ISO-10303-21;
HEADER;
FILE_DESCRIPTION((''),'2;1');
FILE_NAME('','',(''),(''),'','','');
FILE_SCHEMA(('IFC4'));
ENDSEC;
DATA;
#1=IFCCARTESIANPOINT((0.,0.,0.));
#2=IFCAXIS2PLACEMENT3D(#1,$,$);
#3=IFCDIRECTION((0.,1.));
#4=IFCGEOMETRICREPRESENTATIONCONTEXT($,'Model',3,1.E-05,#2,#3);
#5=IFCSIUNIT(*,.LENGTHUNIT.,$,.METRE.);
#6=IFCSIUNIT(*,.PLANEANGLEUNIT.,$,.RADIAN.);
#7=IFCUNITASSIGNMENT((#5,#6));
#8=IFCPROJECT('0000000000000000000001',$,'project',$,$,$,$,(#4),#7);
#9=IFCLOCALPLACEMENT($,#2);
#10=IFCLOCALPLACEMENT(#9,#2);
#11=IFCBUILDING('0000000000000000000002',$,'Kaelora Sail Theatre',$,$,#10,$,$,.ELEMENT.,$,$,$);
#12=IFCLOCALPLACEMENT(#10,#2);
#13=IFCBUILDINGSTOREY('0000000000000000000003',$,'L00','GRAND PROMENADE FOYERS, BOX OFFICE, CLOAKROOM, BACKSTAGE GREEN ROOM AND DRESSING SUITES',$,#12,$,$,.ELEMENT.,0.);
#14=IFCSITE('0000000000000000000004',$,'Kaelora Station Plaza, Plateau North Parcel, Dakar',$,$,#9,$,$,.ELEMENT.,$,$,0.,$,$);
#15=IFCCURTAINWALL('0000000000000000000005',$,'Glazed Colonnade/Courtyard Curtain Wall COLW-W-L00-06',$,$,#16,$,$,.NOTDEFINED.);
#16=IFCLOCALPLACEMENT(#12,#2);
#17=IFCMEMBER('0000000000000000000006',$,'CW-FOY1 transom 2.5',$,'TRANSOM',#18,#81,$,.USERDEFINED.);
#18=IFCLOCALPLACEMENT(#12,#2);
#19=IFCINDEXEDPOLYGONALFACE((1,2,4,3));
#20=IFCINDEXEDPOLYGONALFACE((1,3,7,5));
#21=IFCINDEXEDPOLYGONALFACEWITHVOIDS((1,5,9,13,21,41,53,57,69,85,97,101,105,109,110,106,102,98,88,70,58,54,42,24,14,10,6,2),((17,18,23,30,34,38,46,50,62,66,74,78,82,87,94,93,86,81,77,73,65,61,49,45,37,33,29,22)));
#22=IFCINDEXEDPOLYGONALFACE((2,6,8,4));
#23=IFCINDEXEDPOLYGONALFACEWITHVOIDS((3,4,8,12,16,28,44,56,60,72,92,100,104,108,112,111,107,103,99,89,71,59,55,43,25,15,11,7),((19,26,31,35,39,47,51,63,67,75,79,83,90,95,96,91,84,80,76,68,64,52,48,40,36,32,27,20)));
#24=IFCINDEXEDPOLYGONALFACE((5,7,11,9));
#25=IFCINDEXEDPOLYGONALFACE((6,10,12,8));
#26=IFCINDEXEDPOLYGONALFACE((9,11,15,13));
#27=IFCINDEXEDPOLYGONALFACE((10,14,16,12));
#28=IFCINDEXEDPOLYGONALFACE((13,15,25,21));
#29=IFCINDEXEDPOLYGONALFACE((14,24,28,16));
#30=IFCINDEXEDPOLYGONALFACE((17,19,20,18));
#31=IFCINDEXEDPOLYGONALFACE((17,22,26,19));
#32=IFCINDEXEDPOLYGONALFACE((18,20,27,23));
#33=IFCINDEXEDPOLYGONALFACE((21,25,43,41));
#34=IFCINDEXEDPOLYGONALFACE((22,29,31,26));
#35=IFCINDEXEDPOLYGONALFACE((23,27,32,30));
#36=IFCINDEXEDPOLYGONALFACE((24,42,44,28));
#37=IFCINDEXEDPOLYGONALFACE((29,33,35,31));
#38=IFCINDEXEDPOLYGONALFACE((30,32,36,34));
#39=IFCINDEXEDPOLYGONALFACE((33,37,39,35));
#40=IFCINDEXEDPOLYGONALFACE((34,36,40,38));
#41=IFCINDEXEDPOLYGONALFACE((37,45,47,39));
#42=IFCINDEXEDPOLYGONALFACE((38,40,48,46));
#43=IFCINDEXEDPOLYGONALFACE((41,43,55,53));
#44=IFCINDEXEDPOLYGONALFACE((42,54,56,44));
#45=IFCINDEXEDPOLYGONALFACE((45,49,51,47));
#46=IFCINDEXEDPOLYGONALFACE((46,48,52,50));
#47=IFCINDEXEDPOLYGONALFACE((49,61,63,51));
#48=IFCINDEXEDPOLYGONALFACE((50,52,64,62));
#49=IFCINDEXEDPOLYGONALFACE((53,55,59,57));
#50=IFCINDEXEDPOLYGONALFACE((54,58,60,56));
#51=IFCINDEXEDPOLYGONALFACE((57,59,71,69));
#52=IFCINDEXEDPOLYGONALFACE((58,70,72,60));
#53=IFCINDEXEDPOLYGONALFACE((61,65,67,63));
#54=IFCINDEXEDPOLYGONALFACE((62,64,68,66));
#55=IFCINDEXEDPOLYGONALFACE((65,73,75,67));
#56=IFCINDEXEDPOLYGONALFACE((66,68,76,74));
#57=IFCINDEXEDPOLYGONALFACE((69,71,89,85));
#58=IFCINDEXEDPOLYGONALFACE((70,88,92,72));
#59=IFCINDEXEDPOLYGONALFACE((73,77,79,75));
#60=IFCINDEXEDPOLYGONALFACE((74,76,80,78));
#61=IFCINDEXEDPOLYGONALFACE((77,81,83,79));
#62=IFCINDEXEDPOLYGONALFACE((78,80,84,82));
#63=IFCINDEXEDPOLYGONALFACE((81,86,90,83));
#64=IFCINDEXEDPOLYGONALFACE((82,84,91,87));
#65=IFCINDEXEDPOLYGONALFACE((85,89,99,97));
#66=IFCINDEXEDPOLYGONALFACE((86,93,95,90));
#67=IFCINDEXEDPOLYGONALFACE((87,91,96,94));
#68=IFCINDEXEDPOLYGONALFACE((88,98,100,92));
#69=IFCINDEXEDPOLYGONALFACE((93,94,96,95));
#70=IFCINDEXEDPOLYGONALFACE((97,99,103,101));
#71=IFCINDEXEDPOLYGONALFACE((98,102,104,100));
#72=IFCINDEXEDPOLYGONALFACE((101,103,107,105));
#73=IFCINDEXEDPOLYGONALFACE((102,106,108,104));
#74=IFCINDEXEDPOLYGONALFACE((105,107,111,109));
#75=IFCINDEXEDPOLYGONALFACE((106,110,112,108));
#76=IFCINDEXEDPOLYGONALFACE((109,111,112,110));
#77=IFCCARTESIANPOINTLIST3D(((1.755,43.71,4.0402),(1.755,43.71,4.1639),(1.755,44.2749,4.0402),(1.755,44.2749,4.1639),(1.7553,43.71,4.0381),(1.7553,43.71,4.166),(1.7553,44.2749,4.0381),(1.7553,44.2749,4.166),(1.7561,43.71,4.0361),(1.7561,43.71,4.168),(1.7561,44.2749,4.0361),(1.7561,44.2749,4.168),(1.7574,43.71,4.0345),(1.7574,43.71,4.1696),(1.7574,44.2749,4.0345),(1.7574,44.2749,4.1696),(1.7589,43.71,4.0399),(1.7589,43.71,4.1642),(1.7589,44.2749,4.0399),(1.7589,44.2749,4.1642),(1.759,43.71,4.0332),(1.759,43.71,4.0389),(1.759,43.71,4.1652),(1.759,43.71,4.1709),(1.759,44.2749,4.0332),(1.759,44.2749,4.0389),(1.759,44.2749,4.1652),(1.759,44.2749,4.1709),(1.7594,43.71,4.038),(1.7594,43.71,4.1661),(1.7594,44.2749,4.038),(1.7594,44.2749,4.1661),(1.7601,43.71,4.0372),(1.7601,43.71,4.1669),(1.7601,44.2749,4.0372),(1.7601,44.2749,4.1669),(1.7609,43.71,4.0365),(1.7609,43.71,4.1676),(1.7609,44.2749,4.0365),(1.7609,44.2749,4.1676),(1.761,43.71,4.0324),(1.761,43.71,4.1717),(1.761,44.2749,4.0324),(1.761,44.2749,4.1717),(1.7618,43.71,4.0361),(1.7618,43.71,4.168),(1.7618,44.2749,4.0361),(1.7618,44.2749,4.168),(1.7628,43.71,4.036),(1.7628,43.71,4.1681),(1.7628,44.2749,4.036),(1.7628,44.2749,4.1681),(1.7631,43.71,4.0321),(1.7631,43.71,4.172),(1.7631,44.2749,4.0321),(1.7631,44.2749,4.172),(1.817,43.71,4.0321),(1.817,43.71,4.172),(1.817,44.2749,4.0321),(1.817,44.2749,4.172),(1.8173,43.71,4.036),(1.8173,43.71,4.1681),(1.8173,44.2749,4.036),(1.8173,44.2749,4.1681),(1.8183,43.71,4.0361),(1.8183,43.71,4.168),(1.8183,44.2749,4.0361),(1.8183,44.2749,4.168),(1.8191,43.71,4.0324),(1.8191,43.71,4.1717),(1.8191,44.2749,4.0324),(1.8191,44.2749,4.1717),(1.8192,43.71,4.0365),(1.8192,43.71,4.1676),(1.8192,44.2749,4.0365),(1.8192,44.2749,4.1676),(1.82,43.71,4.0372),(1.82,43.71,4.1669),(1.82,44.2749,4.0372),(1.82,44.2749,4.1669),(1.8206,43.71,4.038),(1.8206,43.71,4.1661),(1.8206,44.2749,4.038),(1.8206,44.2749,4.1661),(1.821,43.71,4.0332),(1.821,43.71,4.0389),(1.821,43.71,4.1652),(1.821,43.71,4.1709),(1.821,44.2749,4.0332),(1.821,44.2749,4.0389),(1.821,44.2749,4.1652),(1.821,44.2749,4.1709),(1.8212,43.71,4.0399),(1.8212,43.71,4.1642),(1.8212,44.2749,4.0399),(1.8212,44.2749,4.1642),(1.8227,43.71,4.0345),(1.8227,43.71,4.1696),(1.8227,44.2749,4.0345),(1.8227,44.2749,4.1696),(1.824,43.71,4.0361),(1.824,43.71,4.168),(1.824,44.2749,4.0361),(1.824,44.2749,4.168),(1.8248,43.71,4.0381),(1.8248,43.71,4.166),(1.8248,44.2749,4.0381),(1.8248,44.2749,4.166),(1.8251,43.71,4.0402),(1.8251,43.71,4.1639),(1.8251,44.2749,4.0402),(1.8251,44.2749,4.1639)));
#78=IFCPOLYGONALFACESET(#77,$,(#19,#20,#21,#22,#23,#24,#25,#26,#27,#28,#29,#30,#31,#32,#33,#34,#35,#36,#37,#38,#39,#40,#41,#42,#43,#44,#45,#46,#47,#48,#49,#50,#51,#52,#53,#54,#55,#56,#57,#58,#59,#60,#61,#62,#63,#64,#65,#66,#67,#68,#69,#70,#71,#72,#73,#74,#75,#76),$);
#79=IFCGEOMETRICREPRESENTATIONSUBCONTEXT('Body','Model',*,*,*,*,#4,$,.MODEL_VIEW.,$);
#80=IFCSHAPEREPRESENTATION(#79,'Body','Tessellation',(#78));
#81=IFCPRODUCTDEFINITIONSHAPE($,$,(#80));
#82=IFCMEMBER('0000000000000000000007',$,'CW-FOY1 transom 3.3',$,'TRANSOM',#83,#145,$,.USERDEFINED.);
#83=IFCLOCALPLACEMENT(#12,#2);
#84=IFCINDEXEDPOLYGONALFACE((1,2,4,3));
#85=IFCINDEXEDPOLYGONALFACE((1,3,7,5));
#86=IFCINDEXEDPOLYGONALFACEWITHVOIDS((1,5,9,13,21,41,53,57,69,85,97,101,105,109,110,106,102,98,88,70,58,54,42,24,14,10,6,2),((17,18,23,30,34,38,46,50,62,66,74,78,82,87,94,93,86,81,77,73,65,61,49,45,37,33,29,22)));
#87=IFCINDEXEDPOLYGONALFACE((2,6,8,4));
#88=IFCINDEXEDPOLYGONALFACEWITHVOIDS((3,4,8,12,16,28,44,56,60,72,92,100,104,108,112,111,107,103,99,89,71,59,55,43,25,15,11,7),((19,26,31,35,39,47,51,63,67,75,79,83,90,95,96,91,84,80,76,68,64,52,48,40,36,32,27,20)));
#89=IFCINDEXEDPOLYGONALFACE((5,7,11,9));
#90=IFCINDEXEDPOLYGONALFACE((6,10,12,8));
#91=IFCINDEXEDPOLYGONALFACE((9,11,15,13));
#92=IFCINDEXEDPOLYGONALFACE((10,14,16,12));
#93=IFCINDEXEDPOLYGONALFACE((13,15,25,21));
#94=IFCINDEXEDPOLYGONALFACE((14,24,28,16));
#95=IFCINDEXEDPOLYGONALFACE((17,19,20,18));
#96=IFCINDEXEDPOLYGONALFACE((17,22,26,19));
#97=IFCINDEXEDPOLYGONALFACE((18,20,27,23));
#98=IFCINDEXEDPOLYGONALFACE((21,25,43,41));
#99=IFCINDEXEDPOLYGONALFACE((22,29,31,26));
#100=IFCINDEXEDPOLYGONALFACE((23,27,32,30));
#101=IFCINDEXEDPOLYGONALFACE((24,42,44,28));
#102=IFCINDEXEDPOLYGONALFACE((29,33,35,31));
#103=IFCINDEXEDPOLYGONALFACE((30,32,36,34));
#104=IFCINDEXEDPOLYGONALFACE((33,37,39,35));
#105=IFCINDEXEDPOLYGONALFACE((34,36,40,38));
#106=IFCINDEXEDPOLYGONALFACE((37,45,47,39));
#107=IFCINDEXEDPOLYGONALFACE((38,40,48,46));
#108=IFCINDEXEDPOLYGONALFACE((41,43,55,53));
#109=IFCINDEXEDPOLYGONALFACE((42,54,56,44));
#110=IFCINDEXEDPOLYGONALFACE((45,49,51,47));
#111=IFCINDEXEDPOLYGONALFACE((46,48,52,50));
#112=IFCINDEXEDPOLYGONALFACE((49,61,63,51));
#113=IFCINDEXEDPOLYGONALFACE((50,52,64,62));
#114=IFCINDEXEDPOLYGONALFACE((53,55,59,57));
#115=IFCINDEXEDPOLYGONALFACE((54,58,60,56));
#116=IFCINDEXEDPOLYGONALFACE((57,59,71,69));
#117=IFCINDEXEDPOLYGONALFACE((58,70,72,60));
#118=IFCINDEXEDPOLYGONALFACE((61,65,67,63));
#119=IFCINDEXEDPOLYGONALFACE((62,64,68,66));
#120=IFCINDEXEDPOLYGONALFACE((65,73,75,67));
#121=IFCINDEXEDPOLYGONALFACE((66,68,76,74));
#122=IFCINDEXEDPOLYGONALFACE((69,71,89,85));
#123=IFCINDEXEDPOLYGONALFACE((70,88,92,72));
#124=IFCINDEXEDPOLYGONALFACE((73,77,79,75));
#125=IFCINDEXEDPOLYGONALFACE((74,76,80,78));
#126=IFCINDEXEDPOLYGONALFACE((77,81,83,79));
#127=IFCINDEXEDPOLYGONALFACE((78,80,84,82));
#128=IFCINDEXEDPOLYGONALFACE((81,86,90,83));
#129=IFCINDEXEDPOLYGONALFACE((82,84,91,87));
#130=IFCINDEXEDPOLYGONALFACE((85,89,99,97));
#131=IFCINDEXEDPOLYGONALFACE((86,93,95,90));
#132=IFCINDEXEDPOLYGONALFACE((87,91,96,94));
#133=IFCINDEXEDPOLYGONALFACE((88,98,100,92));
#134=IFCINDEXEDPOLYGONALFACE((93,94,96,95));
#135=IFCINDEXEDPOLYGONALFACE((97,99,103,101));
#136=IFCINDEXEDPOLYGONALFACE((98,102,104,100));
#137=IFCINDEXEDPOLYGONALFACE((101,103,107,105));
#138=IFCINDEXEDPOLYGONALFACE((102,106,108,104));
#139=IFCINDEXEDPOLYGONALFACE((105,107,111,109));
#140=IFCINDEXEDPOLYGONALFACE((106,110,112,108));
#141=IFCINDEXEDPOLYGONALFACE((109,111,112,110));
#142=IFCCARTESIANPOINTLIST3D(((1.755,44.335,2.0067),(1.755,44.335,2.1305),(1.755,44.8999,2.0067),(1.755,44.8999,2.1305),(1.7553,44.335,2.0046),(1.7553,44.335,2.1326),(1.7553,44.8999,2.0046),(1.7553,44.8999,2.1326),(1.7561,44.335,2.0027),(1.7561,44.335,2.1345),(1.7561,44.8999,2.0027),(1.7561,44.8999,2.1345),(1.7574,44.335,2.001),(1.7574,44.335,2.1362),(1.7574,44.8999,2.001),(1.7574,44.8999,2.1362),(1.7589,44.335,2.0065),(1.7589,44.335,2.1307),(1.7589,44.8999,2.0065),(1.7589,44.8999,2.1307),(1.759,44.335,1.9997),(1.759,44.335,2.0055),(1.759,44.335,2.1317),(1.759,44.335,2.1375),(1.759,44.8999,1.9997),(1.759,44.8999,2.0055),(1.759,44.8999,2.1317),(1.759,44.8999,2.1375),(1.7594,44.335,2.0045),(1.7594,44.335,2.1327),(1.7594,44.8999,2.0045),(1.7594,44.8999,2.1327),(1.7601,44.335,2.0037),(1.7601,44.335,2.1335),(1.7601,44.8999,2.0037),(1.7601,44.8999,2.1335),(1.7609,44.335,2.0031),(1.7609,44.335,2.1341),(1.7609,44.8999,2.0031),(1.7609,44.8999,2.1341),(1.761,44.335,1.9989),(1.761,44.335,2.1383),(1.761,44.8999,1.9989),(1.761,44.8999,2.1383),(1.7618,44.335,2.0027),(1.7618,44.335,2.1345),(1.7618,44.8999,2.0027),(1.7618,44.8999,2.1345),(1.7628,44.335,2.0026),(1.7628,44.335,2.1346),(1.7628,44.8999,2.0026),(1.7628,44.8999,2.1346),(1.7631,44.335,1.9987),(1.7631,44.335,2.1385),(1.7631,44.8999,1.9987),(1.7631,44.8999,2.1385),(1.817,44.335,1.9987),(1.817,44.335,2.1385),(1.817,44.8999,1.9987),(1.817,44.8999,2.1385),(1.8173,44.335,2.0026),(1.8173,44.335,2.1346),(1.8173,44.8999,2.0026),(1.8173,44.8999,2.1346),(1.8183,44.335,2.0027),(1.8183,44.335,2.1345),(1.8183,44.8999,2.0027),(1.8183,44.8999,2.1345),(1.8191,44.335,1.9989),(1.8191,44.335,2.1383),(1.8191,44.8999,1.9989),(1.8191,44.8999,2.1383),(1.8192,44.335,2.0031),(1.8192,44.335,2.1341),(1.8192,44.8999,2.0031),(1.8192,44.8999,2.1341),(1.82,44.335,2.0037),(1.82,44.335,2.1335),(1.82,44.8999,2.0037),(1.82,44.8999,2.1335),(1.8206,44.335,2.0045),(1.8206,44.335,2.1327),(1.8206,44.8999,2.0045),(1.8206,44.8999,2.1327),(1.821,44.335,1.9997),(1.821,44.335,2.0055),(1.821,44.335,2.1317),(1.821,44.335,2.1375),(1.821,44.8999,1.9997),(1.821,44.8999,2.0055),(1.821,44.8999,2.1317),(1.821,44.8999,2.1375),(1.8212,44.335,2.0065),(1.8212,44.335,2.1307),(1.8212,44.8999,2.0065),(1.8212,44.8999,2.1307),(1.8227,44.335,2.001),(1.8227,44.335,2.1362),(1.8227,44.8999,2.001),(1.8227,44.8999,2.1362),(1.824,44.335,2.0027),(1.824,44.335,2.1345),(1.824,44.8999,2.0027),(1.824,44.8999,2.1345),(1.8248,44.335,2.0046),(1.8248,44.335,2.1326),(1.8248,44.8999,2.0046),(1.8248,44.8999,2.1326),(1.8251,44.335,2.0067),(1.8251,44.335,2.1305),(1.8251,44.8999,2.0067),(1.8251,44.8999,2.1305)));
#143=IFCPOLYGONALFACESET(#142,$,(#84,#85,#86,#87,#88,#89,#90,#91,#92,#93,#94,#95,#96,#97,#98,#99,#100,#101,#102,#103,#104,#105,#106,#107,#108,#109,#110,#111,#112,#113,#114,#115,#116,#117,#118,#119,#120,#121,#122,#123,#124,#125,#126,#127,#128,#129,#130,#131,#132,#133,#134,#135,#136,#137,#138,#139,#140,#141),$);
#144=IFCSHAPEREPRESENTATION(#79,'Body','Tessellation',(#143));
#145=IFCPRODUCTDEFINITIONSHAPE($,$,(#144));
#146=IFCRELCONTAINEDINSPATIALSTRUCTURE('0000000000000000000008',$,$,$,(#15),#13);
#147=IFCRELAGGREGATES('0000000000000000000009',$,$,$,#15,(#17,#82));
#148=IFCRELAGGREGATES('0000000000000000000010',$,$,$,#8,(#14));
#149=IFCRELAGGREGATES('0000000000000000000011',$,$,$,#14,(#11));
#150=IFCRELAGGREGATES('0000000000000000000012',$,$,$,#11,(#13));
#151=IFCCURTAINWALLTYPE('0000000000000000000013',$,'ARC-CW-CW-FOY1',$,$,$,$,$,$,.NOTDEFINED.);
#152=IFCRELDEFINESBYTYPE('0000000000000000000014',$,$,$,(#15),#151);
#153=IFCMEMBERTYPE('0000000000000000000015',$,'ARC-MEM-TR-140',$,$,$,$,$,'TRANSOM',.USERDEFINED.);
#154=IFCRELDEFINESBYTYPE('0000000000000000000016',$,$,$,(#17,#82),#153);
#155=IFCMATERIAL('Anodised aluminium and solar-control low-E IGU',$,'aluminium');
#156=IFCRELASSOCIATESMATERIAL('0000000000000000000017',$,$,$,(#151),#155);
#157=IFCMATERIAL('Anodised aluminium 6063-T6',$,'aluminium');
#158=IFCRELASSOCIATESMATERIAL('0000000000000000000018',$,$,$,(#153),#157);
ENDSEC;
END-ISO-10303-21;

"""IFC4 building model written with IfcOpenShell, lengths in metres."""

from ifc_helpers import new_model, si_unit, direction, frame, origin, origin_2d, place, context, subcontext, project, spatial, hollow_rectangle, extrude, material, material_profile, profile_set, type_object, element, aggregate, save


model = new_model("IFC4")

# Units and contexts
model_context = context("Model", 3, precision=1e-05, world=origin(), true_north=direction((0.0, 1.0)))
body_context = subcontext(model_context, "Body", "Model", "MODEL_VIEW")
ifc_project = project(units=[si_unit("LENGTHUNIT", "METRE"), si_unit("PLANEANGLEUNIT", "RADIAN")], contexts=[model_context])

# Site, building, storey
site_placement = place(None, origin())
site = spatial("IfcSite", under=ifc_project, at=site_placement, Name="Kaelora Station Plaza, Plateau North Parcel, Dakar", CompositionType="ELEMENT", RefElevation=0.0)
building_placement = place(site_placement, origin())
building = spatial("IfcBuilding", under=site, at=building_placement, Name="Kaelora Sail Theatre", CompositionType="ELEMENT")
storey_placement = place(building_placement, origin())
storey = spatial("IfcBuildingStorey", under=building, at=storey_placement, Name="L00", Description="GRAND PROMENADE FOYERS, BOX OFFICE, CLOAKROOM, BACKSTAGE GREEN ROOM AND DRESSING SUITES", CompositionType="ELEMENT", Elevation=0.0)

# Curtain wall, members
ifc_material_1 = material(Name="Anodised aluminium and solar-control low-E IGU", Category="aluminium")
curtain_wall_type = type_object("IfcCurtainWallType", Name="ARC-CW-CW-FOY1", PredefinedType="NOTDEFINED", material=ifc_material_1)
curtain_wall_1_placement = place(storey_placement, origin())
curtain_wall_1 = element("IfcCurtainWall", 1, at=curtain_wall_1_placement, inside=storey, type_object=curtain_wall_type, Name="Glazed Colonnade/Courtyard Curtain Wall COLW-W-L00-06", PredefinedType="NOTDEFINED")
ifc_material_2 = material(Name="Anodised aluminium 6063-T6", Category="aluminium")
ifc_material_profile = material_profile(ifc_material_2, hollow_rectangle(XDim=0.0701, YDim=0.1399, WallThickness=0.0039, InnerFilletRadius=0.0039, OuterFilletRadius=0.0081, at=origin_2d()), Name="ALU-TRAN 70x140x4")
ifc_profile_set = profile_set([ifc_material_profile], Name="Anodised aluminium 6063-T6")
member_type = type_object("IfcMemberType", Name="ARC-MEM-TR-140", ElementType="TRANSOM", PredefinedType="USERDEFINED", material=ifc_profile_set)
member_1_placement = place(storey_placement, frame((1.79, 43.71, 4.1021), z_axis=(0.0, 1.0, 0.0), x_axis=(-1.0, 0.0, 0.0)))
member_1 = element("IfcMember", 2, at=member_1_placement, type_object=member_type, Name="CW-FOY1 transom 2.5", ObjectType="TRANSOM", PredefinedType="USERDEFINED", context=body_context, shape_type="SweptSolid", body=[
    extrude(hollow_rectangle(XDim=0.0701, YDim=0.1399, WallThickness=0.0039, InnerFilletRadius=0.0039, OuterFilletRadius=0.0081, at=origin_2d()), origin(), (0.0, 0.0, 1.0), 0.5649),
])
member_2_placement = place(storey_placement, frame((1.79, 44.335, 2.0686), z_axis=(0.0, 1.0, 0.0), x_axis=(-1.0, 0.0, 0.0)))
member_2 = element("IfcMember", 3, at=member_2_placement, type_object=member_type, Name="CW-FOY1 transom 3.3", ObjectType="TRANSOM", PredefinedType="USERDEFINED", context=body_context, shape_type="SweptSolid", body=[
    extrude(hollow_rectangle(XDim=0.0701, YDim=0.1399, WallThickness=0.0039, InnerFilletRadius=0.0039, OuterFilletRadius=0.0081, at=origin_2d()), origin(), (0.0, 0.0, 1.0), 0.5649),
])

aggregate(curtain_wall_1, [member_1, member_2])

save(model, "model.ifc")
